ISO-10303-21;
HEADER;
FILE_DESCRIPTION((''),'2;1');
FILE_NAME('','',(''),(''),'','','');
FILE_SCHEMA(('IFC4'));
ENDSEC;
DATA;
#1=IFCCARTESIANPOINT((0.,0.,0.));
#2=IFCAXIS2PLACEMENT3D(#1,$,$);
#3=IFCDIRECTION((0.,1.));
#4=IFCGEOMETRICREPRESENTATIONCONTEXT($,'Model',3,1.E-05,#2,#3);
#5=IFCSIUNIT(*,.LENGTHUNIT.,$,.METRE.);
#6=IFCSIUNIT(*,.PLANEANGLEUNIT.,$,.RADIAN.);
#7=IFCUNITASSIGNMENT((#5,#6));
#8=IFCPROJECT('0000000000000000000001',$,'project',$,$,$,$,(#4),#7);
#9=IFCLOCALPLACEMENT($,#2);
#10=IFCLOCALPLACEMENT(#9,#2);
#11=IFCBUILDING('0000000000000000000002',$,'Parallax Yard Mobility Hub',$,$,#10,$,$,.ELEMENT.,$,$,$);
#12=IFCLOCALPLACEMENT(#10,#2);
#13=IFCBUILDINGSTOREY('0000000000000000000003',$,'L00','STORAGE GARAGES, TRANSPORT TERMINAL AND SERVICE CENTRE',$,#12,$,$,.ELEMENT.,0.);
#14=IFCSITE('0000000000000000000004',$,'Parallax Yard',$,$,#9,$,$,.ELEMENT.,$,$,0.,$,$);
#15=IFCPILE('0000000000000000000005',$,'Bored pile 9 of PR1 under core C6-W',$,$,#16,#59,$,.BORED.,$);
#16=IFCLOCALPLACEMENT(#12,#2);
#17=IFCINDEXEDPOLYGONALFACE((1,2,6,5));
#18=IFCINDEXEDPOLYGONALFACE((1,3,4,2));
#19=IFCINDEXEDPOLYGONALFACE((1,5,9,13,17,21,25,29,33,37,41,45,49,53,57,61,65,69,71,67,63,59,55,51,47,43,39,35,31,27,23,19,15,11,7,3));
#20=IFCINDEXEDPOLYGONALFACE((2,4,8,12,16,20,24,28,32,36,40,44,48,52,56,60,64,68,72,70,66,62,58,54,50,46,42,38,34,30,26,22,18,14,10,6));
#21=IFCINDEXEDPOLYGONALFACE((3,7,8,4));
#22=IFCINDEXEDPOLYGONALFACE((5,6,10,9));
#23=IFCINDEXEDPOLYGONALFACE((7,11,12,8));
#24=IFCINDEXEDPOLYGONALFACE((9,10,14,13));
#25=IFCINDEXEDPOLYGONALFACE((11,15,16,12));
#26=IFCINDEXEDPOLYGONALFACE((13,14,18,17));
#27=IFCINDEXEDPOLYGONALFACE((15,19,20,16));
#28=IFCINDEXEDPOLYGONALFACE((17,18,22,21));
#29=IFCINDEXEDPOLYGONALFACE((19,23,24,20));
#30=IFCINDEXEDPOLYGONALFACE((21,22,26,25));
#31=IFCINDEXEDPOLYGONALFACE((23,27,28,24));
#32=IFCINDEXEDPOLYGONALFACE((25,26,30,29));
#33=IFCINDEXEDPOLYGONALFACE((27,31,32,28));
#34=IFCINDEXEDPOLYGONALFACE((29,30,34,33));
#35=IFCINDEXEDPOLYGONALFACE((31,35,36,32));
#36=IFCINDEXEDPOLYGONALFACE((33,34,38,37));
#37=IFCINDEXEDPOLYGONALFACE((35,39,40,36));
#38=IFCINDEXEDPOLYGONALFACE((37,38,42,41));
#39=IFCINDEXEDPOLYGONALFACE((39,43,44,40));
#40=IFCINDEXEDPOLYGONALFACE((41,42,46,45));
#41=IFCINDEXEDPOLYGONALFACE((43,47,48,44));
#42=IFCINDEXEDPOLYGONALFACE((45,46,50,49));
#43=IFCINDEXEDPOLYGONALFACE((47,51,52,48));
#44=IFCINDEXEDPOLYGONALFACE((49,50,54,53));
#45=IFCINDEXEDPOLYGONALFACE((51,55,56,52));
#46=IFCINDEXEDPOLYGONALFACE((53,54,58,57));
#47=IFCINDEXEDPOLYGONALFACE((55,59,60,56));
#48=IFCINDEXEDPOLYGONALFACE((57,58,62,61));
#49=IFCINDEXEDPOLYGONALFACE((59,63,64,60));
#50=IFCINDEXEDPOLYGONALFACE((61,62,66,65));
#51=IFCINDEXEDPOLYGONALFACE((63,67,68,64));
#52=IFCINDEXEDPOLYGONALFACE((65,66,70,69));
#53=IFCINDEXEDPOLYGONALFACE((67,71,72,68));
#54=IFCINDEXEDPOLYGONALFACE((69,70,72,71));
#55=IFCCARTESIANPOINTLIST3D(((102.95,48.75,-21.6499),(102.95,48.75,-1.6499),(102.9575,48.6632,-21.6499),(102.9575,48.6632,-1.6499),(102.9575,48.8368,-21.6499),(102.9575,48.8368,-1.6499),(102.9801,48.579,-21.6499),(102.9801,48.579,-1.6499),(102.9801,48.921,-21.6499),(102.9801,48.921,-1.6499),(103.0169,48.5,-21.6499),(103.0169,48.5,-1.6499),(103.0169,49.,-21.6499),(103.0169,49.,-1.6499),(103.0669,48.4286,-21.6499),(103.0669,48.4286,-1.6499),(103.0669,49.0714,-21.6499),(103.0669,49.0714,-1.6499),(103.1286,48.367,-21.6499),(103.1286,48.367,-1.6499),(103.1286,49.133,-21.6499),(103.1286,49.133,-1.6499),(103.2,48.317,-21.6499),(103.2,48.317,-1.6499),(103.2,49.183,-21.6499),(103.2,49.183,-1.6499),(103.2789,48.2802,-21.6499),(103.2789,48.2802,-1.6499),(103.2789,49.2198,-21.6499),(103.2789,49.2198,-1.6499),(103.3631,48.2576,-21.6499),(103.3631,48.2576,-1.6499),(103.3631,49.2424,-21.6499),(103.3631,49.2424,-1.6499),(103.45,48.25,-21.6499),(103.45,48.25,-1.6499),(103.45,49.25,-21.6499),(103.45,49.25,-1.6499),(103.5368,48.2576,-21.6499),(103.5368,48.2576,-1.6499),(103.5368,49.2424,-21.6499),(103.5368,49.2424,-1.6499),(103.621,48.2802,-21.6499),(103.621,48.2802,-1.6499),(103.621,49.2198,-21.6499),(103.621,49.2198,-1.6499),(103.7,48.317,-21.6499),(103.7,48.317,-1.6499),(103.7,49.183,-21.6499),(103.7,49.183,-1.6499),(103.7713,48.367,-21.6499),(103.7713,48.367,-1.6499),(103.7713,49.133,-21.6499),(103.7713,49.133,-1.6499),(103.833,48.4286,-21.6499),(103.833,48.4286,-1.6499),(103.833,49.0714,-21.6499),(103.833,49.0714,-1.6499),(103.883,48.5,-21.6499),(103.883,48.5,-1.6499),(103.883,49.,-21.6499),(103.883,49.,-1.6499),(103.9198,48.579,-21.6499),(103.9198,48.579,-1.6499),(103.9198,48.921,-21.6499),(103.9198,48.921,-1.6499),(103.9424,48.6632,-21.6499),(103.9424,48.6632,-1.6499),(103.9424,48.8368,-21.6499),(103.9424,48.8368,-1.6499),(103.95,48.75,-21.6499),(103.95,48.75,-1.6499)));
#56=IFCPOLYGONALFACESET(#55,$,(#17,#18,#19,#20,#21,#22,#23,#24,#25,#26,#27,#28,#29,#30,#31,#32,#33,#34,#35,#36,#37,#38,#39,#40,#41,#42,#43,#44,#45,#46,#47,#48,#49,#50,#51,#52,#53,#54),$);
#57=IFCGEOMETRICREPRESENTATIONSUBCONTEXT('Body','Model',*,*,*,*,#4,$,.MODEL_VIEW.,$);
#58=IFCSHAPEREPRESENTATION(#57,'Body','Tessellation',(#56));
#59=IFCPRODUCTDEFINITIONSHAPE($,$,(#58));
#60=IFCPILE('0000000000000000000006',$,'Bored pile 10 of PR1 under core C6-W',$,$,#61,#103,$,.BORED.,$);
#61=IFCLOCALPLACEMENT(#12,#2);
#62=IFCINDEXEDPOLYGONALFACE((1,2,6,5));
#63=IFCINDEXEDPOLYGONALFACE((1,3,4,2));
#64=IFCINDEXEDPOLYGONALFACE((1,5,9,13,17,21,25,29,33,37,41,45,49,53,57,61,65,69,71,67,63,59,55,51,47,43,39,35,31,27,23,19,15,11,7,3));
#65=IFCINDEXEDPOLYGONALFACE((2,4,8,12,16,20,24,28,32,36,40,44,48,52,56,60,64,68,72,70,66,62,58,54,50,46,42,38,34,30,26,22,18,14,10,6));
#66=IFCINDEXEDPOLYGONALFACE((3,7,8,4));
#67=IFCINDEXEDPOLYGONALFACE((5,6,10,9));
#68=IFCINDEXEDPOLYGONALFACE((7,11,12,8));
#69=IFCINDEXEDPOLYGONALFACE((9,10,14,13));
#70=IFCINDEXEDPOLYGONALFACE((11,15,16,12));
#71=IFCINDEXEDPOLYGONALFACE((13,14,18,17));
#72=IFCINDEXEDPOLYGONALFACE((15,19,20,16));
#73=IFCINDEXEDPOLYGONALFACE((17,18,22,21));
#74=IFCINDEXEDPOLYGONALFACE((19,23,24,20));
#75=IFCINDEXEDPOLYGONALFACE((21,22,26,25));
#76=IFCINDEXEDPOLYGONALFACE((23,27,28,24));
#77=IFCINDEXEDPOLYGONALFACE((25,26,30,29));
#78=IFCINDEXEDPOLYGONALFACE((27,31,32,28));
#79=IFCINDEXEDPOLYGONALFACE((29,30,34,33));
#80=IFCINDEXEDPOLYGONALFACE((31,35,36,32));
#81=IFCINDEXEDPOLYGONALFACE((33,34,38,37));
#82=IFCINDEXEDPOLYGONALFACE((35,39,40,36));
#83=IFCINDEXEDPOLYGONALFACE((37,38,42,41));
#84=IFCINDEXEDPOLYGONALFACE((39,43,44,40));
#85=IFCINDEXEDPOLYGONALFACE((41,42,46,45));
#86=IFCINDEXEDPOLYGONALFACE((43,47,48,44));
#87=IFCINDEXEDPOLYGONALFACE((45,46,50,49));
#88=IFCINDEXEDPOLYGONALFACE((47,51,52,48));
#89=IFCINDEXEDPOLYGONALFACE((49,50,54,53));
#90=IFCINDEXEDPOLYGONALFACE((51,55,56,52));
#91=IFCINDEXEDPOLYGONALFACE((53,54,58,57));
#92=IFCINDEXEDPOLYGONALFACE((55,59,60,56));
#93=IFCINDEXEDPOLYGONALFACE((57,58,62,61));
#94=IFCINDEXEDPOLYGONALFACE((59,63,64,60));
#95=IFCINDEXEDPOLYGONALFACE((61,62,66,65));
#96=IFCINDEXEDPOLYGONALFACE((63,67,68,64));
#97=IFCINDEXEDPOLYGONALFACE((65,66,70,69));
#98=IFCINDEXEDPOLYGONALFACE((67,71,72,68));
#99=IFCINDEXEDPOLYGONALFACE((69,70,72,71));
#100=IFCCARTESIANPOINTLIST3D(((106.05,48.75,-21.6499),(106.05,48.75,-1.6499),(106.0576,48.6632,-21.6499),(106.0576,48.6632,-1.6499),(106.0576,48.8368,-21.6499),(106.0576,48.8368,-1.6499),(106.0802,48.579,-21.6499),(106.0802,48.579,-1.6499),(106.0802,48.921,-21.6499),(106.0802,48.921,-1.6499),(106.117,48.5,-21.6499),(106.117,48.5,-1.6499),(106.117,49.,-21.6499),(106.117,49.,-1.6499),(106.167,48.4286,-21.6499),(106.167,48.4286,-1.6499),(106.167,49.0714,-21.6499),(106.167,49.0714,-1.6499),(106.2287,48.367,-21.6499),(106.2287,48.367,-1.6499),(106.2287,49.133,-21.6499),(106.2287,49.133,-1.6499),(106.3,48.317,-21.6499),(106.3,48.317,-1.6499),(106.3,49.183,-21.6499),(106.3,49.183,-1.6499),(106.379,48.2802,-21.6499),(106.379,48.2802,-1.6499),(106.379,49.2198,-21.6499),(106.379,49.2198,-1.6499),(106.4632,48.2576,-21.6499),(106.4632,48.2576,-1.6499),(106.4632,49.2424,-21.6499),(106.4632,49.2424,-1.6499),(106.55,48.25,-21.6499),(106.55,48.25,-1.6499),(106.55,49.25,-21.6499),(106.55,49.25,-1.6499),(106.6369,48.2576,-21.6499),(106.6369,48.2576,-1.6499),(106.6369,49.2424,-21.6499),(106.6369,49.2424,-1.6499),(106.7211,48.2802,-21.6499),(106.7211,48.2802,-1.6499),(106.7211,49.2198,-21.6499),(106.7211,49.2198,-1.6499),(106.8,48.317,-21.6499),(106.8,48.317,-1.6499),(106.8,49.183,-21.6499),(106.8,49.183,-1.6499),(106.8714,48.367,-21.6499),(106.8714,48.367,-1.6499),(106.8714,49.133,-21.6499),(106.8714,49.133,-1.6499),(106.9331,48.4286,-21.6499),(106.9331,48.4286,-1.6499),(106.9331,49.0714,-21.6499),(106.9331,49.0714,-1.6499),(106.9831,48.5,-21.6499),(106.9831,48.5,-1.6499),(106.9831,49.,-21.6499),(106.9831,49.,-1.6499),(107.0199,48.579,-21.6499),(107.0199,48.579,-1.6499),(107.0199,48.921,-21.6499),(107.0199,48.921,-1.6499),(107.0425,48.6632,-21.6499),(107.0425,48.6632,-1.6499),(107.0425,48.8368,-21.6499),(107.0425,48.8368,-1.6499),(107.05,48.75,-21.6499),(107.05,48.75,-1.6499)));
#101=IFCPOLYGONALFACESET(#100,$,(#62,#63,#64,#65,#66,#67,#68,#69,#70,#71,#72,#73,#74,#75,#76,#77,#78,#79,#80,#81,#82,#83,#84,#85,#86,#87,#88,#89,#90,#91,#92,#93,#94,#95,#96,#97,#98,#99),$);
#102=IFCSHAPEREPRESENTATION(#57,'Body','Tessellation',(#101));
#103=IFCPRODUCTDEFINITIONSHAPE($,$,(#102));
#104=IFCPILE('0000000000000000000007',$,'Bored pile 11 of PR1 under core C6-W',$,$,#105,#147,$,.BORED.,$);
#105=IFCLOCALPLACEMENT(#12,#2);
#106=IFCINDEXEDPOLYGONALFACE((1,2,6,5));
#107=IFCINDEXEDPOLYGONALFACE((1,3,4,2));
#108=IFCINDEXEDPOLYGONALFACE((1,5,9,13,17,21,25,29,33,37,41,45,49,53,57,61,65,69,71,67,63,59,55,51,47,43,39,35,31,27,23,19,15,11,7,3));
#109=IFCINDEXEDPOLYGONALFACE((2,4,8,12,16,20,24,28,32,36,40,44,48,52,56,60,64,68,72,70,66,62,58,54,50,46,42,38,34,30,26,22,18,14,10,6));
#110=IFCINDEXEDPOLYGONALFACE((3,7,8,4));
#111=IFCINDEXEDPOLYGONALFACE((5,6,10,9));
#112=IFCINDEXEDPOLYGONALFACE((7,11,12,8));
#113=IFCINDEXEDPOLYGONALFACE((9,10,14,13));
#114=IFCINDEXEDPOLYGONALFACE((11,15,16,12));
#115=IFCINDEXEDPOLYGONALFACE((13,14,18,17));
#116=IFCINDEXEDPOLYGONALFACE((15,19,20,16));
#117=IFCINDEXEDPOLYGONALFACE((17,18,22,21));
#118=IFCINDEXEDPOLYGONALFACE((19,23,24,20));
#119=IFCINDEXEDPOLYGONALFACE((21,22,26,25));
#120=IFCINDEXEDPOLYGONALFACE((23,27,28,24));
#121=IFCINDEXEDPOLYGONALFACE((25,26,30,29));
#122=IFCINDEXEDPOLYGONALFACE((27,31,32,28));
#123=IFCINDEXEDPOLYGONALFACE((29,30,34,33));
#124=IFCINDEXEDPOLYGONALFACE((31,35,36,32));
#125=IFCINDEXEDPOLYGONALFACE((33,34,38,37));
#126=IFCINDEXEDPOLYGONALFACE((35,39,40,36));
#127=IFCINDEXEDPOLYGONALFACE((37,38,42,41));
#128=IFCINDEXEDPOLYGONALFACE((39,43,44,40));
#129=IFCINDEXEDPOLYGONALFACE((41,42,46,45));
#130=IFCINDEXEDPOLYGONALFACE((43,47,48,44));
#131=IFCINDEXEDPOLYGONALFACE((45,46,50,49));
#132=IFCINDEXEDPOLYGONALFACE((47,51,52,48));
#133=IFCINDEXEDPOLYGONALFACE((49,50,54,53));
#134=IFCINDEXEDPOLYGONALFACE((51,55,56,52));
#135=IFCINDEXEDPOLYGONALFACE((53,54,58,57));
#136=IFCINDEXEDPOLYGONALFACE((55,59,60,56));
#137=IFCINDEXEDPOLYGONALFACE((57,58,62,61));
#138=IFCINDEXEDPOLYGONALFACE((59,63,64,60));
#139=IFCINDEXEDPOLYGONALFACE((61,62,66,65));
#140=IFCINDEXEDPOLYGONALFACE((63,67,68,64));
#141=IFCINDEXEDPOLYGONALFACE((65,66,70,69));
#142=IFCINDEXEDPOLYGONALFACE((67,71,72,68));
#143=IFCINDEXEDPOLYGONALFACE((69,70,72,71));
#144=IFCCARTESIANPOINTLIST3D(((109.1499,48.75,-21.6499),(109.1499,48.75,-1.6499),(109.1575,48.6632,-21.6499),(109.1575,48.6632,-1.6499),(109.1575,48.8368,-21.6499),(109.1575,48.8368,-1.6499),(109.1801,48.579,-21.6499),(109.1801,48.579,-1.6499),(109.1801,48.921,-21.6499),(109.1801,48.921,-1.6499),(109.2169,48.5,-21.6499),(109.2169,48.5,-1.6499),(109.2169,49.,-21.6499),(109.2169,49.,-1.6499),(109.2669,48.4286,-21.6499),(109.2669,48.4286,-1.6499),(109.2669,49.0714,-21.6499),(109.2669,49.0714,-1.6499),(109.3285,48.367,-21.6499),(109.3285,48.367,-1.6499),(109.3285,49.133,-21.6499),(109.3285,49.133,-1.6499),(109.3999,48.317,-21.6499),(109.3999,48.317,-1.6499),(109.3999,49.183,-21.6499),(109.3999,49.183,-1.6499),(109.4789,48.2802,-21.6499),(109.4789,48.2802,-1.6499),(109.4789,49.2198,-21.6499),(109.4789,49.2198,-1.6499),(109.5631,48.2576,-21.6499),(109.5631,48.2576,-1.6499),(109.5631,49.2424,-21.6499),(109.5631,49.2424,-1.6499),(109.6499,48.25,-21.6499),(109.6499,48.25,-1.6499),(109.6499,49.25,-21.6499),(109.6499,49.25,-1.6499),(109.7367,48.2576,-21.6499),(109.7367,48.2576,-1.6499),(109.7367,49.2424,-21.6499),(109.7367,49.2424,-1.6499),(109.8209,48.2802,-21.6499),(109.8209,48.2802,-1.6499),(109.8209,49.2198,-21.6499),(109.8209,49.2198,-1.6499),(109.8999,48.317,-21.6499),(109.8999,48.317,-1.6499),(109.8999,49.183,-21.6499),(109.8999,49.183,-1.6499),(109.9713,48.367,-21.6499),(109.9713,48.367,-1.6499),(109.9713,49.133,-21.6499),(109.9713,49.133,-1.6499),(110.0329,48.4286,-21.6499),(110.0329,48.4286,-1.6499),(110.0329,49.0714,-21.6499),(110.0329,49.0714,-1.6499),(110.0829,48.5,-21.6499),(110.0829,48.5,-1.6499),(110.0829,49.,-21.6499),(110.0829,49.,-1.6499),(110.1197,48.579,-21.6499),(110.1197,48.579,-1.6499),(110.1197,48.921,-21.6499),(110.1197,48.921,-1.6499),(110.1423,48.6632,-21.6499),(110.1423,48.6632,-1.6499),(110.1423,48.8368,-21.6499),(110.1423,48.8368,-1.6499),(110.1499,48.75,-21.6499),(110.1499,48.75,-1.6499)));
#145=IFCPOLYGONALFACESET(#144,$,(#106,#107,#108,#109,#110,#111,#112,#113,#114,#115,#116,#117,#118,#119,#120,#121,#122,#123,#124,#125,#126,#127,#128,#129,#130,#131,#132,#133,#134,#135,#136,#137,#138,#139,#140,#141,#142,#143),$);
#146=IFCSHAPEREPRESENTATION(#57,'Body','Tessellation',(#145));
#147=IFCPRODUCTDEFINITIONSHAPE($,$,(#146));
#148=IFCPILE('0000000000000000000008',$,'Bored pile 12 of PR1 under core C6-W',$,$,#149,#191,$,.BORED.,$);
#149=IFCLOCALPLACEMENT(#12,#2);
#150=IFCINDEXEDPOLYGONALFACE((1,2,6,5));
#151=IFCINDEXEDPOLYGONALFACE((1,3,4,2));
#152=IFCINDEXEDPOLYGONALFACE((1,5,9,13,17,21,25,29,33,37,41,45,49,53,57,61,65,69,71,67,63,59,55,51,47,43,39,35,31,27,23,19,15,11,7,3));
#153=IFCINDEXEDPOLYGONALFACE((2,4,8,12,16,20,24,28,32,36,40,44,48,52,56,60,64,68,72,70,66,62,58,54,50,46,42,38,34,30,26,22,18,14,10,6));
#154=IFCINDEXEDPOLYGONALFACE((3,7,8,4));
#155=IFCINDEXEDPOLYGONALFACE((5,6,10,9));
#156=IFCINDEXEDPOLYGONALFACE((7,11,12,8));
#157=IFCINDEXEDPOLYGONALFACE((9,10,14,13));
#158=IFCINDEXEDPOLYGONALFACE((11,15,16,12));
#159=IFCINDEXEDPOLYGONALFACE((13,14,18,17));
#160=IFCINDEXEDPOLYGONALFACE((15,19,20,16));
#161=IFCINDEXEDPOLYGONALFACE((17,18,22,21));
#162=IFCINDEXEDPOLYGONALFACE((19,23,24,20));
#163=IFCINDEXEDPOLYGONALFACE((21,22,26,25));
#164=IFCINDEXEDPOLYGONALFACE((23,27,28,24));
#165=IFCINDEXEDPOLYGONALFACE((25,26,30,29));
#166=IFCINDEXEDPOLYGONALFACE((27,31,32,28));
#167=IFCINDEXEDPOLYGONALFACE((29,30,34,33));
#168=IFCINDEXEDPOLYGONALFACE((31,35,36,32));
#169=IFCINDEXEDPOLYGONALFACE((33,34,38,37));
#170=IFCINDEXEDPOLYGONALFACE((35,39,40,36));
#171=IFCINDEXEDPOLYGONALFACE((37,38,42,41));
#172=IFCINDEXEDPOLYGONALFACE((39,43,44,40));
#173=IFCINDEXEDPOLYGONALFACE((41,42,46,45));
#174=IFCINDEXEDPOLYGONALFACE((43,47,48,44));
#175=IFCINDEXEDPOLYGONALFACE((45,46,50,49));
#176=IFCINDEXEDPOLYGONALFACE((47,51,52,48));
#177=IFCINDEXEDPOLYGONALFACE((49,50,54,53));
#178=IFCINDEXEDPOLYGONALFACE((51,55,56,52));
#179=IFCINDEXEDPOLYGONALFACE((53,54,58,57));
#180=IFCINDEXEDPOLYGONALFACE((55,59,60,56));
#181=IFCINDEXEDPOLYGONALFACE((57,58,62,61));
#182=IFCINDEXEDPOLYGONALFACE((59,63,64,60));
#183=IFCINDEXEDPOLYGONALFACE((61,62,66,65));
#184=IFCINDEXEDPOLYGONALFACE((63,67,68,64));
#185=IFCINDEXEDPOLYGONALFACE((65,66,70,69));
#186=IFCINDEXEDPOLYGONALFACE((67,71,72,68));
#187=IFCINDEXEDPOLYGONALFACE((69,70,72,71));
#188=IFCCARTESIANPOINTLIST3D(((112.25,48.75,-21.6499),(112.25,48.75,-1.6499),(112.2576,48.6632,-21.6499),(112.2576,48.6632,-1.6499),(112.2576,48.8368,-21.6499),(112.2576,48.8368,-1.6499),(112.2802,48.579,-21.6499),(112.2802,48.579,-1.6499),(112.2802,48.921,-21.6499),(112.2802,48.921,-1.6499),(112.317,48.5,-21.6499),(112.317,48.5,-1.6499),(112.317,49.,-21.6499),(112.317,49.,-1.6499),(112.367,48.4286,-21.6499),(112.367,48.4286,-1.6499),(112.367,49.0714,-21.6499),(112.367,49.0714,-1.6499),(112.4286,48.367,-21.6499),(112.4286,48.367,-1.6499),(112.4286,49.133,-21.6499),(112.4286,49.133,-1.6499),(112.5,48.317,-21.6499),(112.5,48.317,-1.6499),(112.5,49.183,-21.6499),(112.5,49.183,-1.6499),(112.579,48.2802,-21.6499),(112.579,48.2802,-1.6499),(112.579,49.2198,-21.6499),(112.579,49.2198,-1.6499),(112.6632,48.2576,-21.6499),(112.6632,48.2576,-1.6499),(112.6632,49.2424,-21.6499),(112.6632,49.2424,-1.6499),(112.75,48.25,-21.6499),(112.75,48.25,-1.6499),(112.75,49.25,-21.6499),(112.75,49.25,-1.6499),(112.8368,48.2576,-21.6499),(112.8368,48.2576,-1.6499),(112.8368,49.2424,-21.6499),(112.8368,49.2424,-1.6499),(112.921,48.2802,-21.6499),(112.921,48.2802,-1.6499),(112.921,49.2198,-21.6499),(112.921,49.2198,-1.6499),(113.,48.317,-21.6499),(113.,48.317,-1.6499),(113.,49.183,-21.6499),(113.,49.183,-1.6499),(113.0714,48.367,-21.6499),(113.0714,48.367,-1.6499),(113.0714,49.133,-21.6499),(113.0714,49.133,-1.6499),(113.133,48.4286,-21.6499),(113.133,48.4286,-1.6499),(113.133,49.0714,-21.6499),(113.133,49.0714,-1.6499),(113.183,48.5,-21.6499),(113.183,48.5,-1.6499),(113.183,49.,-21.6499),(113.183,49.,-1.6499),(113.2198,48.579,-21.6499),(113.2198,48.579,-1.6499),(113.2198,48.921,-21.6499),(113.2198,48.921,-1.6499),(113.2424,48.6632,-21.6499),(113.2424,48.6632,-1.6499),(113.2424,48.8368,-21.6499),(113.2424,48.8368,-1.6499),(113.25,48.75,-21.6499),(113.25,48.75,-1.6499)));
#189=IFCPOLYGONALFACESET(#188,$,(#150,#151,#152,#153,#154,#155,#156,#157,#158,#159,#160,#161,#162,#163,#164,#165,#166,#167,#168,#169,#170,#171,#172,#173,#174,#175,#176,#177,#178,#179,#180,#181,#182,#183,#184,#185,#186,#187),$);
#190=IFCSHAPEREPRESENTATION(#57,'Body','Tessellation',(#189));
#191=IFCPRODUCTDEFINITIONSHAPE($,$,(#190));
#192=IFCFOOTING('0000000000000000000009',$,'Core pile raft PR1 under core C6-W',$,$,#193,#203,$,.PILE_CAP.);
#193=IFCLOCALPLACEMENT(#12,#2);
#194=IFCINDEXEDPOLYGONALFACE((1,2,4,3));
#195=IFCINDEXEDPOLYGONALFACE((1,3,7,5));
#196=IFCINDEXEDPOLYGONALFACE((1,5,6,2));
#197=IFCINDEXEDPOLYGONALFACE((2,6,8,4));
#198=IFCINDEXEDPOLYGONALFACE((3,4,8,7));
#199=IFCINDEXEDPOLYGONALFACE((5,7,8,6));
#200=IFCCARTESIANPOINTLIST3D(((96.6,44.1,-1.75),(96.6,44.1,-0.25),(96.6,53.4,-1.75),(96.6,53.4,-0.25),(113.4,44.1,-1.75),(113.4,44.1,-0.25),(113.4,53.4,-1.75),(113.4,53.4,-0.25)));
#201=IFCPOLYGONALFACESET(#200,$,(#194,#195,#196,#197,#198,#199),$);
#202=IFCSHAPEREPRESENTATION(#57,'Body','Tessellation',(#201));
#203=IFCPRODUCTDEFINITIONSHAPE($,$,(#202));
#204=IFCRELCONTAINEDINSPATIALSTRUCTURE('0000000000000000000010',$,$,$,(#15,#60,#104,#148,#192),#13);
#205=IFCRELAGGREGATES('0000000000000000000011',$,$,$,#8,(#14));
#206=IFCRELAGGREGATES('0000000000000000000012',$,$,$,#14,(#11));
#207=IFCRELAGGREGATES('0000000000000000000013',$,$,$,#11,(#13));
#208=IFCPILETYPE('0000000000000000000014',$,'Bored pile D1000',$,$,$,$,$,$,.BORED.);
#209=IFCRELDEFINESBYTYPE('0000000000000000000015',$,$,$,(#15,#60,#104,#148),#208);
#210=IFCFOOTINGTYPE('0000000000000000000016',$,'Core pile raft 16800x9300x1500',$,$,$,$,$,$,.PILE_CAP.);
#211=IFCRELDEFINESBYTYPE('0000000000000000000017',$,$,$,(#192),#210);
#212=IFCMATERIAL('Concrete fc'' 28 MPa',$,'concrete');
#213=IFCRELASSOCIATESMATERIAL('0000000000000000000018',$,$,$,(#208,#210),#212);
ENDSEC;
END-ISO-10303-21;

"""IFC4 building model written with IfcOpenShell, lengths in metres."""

from ifc_helpers import new_model, si_unit, direction, frame, origin, origin_2d, place, context, subcontext, project, spatial, rectangle, circle, extrude, material, material_profile, profile_set, type_object, element, save


model = new_model("IFC4")

# Units and contexts
model_context = context("Model", 3, precision=1e-05, world=origin(), true_north=direction((0.0, 1.0)))
body_context = subcontext(model_context, "Body", "Model", "MODEL_VIEW")
ifc_project = project(units=[si_unit("LENGTHUNIT", "METRE"), si_unit("PLANEANGLEUNIT", "RADIAN")], contexts=[model_context])

# Site, building, storey
site_placement = place(None, origin())
site = spatial("IfcSite", under=ifc_project, at=site_placement, Name="Parallax Yard", CompositionType="ELEMENT", RefElevation=0.0)
building_placement = place(site_placement, origin())
building = spatial("IfcBuilding", under=site, at=building_placement, Name="Parallax Yard Mobility Hub", CompositionType="ELEMENT")
storey_placement = place(building_placement, origin())
storey = spatial("IfcBuildingStorey", under=building, at=storey_placement, Name="L00", Description="STORAGE GARAGES, TRANSPORT TERMINAL AND SERVICE CENTRE", CompositionType="ELEMENT", Elevation=0.0)

# Piles
ifc_material_1 = material(Name="Concrete fc' 28 MPa", Category="concrete")
ifc_material_profile = material_profile(ifc_material_1, circle(Radius=0.5, at=origin_2d()), Name="Bored pile D1000")
ifc_profile_set = profile_set([ifc_material_profile], Name="Concrete fc' 28 MPa")
pile_type = type_object("IfcPileType", Name="Bored pile D1000", PredefinedType="BORED", material=ifc_profile_set)
for number, where, z_axis, x_axis, name in (
    (1, (103.45, 48.75, -1.6499), (0.0, 0.0, -1.0), (1.0, 0.0, 0.0), "Bored pile 9 of PR1 under core C6-W"),
    (2, (106.55, 48.75, -1.6499), (0.0, 0.0, -1.0), (1.0, 0.0, 0.0), "Bored pile 10 of PR1 under core C6-W"),
    (3, (109.6499, 48.75, -1.6499), (0.0, 0.0, -1.0), (1.0, 0.0, 0.0), "Bored pile 11 of PR1 under core C6-W"),
    (4, (112.75, 48.75, -1.6499), (0.0, 0.0, -1.0), (1.0, 0.0, 0.0), "Bored pile 12 of PR1 under core C6-W"),
):
    element("IfcPile", number, at=place(storey_placement, frame(where, z_axis=z_axis, x_axis=x_axis)), inside=storey, type_object=pile_type, Name=name, PredefinedType="BORED", context=body_context, shape_type="SweptSolid", body=[
        extrude(circle(Radius=0.5, at=origin_2d()), origin(), (0.0, 0.0, 1.0), 20.0),
    ])

# Footing
footing_type = type_object("IfcFootingType", Name="Core pile raft 16800x9300x1500", PredefinedType="PILE_CAP", material=ifc_material_1)
footing_placement = place(storey_placement, frame((105.0, 48.75, -1.75), z_axis=(0.0, 0.0, 1.0), x_axis=(1.0, 0.0, 0.0)))
element("IfcFooting", 5, at=footing_placement, inside=storey, type_object=footing_type, Name="Core pile raft PR1 under core C6-W", PredefinedType="PILE_CAP", context=body_context, shape_type="SweptSolid", body=[
    extrude(rectangle(XDim=16.8, YDim=9.3, at=origin_2d()), origin(), (0.0, 0.0, 1.0), 1.5),
])

save(model, "model.ifc")
